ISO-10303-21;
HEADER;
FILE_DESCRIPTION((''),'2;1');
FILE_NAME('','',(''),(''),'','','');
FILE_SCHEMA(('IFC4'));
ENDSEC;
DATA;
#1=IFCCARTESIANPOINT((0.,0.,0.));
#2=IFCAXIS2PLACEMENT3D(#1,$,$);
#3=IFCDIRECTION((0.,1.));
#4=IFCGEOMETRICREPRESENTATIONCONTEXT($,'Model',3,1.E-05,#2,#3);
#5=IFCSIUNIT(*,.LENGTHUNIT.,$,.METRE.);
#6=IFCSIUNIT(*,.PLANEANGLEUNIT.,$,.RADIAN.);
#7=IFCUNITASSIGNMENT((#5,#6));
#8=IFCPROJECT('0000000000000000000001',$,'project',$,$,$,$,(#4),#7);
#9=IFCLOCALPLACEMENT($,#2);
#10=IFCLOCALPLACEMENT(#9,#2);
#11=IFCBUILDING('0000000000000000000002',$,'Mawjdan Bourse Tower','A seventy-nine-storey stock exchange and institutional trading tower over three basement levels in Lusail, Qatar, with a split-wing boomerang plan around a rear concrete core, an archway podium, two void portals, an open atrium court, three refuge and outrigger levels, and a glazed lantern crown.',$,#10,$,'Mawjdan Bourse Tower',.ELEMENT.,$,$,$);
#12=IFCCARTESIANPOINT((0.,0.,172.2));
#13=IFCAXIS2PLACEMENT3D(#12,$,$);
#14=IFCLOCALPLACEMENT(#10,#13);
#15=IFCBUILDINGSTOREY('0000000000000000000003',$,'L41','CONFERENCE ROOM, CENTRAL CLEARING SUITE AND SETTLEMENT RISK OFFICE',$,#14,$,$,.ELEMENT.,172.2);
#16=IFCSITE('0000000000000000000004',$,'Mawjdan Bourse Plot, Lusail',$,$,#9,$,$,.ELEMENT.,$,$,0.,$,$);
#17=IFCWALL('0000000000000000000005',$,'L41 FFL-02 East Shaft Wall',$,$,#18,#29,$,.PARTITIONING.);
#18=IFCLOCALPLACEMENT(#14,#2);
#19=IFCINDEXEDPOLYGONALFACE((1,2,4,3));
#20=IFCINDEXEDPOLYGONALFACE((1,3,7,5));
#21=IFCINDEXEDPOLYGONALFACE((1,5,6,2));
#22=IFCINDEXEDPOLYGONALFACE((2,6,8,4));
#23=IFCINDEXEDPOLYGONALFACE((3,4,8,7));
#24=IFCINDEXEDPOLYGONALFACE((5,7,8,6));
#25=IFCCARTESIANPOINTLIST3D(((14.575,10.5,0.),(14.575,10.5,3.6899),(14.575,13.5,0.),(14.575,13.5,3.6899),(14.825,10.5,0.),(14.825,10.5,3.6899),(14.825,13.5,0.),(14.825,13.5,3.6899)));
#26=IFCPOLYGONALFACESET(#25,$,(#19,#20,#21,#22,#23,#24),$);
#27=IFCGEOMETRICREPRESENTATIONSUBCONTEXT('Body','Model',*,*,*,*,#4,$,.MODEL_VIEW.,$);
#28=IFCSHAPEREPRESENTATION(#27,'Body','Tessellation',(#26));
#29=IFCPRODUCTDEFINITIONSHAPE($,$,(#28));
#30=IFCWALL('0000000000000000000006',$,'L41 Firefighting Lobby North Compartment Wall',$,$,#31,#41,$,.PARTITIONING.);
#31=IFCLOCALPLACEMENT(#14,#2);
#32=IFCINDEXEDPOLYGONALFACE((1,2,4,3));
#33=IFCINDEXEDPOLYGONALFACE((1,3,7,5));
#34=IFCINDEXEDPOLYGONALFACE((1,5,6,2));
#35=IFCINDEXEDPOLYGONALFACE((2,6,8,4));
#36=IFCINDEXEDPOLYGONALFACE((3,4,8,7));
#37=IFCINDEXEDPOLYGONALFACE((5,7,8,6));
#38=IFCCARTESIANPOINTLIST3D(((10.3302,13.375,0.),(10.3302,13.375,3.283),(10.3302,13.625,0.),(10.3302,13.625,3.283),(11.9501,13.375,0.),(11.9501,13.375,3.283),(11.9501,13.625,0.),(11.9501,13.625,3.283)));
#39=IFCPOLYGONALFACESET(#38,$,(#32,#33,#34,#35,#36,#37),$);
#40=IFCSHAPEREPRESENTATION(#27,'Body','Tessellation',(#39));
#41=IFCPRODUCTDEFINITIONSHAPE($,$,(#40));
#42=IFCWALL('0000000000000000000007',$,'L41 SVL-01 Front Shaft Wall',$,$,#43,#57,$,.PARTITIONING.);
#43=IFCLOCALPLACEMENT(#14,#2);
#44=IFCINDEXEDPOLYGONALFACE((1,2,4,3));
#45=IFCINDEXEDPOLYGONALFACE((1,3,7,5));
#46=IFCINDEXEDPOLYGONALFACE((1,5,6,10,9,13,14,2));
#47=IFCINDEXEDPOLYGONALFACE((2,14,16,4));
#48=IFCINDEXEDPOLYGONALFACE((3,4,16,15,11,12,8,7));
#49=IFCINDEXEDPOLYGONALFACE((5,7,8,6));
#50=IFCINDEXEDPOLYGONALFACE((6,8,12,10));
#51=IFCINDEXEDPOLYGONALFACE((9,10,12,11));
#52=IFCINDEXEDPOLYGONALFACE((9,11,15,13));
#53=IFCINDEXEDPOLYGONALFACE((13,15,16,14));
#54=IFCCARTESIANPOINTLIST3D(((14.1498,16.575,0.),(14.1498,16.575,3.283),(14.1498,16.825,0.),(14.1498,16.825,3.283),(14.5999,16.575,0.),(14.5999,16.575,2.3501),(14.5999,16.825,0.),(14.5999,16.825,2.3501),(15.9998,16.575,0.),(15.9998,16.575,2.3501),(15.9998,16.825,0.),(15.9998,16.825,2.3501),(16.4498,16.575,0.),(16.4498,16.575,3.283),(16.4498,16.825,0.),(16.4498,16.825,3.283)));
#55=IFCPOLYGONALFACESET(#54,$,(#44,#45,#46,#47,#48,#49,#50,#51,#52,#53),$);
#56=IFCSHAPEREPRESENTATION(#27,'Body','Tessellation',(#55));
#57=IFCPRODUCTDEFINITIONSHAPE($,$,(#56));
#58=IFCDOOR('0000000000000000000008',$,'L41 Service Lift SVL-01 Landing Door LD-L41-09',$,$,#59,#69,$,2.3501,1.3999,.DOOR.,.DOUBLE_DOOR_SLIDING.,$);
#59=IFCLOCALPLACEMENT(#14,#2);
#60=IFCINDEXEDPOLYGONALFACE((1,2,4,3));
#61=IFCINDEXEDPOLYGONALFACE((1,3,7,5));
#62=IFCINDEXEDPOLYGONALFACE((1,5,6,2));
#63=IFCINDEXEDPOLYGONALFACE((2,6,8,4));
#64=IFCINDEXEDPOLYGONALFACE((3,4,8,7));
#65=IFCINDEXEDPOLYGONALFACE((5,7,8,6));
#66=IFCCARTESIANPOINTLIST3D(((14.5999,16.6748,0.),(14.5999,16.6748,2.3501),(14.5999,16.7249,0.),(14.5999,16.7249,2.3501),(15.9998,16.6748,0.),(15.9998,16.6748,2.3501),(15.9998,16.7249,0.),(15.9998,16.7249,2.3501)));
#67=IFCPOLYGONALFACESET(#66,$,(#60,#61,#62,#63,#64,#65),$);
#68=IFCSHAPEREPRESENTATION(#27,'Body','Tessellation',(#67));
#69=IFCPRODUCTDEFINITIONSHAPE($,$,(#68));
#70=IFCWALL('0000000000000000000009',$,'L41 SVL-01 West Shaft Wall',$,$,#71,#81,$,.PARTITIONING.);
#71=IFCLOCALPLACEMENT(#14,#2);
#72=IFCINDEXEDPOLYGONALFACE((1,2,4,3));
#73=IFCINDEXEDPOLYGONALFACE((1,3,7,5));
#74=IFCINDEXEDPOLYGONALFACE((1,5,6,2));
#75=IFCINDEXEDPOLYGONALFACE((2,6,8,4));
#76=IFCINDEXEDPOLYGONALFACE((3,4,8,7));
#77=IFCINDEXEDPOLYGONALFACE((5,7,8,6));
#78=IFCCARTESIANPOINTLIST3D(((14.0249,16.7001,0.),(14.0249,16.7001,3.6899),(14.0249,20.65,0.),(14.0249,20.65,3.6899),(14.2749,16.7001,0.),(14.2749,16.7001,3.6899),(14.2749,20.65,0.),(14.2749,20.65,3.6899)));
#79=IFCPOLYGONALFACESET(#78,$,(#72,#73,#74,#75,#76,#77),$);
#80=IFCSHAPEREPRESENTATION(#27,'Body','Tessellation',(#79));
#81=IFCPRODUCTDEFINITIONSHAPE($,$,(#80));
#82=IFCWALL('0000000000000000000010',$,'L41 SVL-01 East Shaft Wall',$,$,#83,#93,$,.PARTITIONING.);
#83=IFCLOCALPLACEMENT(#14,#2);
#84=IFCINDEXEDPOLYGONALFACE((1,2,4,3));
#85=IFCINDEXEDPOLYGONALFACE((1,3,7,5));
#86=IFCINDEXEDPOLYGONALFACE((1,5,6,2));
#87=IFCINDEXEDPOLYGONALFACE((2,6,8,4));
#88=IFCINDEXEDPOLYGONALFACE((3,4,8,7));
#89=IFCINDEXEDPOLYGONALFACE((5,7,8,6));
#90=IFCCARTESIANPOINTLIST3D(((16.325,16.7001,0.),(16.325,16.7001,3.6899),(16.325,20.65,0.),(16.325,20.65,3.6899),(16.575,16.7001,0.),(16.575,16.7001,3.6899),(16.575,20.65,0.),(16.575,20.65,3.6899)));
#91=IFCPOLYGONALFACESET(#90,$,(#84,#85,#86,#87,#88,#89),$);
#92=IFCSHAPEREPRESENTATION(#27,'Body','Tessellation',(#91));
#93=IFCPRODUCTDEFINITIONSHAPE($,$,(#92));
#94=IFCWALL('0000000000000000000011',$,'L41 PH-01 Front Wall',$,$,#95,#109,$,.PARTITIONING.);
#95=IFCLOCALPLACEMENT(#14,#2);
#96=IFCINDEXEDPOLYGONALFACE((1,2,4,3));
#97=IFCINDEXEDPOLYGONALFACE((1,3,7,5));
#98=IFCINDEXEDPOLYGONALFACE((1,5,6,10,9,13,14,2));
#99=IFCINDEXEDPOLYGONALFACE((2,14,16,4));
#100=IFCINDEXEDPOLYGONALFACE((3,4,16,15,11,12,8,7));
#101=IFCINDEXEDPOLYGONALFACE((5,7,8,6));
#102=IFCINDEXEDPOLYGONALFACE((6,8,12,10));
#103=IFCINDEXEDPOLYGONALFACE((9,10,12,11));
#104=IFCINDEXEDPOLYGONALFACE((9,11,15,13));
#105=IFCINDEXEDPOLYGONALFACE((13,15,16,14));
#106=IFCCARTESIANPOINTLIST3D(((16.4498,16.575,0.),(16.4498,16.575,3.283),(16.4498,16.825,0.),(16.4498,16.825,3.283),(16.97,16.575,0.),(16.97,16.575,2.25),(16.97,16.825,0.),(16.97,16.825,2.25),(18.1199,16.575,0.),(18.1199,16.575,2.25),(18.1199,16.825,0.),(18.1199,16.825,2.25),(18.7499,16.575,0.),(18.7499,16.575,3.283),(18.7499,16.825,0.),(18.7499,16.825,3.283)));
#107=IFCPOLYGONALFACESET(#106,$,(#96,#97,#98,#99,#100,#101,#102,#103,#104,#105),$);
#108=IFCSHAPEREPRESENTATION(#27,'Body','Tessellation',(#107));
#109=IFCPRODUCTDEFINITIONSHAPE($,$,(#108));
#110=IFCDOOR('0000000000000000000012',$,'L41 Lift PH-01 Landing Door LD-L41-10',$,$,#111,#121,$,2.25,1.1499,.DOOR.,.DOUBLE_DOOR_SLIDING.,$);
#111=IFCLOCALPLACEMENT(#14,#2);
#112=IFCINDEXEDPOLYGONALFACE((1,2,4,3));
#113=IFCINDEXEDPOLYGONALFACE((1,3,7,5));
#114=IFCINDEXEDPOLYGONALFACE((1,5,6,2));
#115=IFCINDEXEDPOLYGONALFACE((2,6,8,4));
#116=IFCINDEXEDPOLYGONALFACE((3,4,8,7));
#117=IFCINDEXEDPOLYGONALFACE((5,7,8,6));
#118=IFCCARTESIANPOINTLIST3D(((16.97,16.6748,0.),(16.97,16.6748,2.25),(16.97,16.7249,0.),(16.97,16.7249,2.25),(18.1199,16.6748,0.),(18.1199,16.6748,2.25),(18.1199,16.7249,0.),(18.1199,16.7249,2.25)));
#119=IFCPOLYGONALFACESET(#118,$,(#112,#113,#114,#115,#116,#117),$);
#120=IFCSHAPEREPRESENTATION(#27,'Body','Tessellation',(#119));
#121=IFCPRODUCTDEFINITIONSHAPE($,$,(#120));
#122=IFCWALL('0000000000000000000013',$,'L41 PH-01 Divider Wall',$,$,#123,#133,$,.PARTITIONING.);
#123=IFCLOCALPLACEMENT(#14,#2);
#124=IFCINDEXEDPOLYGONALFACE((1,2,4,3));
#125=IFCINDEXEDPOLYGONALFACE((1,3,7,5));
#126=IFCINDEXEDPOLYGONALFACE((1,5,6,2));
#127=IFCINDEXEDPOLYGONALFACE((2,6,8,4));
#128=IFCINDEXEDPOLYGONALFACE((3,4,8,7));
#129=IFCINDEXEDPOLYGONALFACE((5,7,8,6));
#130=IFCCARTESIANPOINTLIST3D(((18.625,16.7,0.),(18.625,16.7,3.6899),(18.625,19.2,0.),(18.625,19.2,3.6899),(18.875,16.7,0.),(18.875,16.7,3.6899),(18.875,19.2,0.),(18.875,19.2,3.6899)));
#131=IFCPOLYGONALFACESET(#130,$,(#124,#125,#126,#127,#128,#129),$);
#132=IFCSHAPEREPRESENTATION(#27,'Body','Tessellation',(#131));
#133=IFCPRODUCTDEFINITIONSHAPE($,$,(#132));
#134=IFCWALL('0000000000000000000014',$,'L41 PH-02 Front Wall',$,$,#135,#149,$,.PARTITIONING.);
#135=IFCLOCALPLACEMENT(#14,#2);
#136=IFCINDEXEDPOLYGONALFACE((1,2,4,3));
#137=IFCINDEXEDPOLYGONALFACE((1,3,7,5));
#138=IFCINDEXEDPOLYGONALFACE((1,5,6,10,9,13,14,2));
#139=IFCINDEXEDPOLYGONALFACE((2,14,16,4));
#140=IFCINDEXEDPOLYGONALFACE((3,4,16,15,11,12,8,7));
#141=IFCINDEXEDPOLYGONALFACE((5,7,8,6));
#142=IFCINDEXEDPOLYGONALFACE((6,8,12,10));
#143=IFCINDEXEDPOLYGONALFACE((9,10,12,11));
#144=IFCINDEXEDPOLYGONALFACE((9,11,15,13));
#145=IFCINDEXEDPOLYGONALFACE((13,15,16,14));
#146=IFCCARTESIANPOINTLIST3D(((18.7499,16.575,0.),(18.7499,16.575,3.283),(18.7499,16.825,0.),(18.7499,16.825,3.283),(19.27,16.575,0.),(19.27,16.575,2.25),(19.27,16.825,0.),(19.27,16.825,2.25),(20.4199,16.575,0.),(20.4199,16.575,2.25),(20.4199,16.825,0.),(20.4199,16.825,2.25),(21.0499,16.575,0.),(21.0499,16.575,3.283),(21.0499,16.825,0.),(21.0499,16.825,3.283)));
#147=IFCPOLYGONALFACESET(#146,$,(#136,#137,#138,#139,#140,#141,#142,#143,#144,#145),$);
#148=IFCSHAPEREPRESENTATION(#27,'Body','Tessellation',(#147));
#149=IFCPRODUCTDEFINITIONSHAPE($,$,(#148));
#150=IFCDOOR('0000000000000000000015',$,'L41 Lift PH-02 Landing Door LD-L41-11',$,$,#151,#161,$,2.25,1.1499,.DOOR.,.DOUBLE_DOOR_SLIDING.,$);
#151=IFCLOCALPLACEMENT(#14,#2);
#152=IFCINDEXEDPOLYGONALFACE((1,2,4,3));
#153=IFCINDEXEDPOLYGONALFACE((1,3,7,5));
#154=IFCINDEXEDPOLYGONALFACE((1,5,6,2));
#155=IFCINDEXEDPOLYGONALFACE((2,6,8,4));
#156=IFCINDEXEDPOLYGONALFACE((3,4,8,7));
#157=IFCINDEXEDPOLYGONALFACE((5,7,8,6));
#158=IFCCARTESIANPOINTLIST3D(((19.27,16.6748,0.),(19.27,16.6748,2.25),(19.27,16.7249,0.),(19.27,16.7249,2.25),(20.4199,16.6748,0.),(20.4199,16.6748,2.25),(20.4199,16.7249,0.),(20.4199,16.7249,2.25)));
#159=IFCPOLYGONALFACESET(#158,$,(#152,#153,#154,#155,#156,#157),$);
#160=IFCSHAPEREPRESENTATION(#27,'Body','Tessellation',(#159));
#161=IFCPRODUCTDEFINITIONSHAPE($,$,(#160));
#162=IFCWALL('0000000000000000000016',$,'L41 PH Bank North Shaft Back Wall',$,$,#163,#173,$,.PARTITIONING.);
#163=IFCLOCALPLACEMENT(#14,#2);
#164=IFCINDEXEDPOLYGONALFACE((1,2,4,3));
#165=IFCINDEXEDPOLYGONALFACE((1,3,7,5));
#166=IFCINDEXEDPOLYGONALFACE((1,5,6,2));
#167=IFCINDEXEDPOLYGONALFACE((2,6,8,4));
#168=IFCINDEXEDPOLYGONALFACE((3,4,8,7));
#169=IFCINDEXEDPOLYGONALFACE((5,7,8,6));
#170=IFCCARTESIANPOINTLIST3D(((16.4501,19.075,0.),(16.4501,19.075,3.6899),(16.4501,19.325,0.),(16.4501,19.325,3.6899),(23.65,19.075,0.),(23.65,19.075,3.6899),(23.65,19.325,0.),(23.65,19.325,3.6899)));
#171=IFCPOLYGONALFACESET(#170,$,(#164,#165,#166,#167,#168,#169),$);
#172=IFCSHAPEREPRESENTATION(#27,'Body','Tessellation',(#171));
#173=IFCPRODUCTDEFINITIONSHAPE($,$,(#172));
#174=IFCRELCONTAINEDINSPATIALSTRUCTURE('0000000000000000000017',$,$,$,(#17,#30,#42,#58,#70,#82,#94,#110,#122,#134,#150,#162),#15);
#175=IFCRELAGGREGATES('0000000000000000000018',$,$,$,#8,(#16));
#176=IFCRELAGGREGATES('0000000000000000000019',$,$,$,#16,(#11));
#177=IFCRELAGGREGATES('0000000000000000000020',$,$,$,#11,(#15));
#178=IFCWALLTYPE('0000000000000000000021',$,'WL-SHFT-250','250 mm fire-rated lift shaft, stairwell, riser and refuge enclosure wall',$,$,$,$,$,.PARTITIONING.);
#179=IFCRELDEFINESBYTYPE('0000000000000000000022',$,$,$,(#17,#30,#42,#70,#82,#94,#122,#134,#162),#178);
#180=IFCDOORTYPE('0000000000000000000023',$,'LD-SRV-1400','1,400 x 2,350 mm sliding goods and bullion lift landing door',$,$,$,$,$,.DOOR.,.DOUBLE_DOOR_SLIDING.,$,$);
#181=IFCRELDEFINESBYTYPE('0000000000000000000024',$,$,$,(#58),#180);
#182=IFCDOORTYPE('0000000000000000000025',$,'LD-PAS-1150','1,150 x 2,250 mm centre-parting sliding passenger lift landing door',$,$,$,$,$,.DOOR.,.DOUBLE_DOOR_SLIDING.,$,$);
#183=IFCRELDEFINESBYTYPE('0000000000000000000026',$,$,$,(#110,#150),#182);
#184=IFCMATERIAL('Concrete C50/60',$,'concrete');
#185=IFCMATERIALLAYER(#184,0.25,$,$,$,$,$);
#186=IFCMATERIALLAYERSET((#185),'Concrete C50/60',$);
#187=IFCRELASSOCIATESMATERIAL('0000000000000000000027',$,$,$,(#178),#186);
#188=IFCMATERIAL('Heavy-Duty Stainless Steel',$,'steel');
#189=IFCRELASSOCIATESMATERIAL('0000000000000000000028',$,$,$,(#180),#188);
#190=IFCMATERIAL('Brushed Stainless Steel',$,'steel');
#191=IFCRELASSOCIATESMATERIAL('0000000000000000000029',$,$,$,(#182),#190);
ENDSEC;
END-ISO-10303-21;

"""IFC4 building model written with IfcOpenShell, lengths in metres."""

from ifc_helpers import new_model, si_unit, direction, frame, frame_2d, origin, place, context, subcontext, project, spatial, rectangle, extrude, material, layer, layer_set, type_object, element, fill, save


model = new_model("IFC4")

# Units and contexts
model_context = context("Model", 3, precision=1e-05, world=origin(), true_north=direction((0.0, 1.0)))
body_context = subcontext(model_context, "Body", "Model", "MODEL_VIEW")
ifc_project = project(units=[si_unit("LENGTHUNIT", "METRE"), si_unit("PLANEANGLEUNIT", "RADIAN")], contexts=[model_context])

# Site, building, storey
site_placement = place(None, origin())
site = spatial("IfcSite", under=ifc_project, at=site_placement, Name="Mawjdan Bourse Plot, Lusail", CompositionType="ELEMENT", RefElevation=0.0)
building_placement = place(site_placement, origin())
building = spatial("IfcBuilding", under=site, at=building_placement, Name="Mawjdan Bourse Tower", Description="A seventy-nine-storey stock exchange and institutional trading tower over three basement levels in Lusail, Qatar, with a split-wing boomerang plan around a rear concrete core, an archway podium, two void portals, an open atrium court, three refuge and outrigger levels, and a glazed lantern crown.", LongName="Mawjdan Bourse Tower", CompositionType="ELEMENT")
storey_placement = place(building_placement, frame((0.0, 0.0, 172.2)))
storey = spatial("IfcBuildingStorey", under=building, at=storey_placement, Name="L41", Description="CONFERENCE ROOM, CENTRAL CLEARING SUITE AND SETTLEMENT RISK OFFICE", CompositionType="ELEMENT", Elevation=172.2)

# Walls
ifc_material_1 = material(Name="Concrete C50/60", Category="concrete")
ifc_layer_1 = layer(ifc_material_1, 0.25)
ifc_layer_set_1 = layer_set([ifc_layer_1], Name="Concrete C50/60")
wall_type_1 = type_object("IfcWallType", Name="WL-SHFT-250", Description="250 mm fire-rated lift shaft, stairwell, riser and refuge enclosure wall", PredefinedType="PARTITIONING", material=ifc_layer_set_1)
wall_1_placement = place(storey_placement, frame((14.7, 10.5, 0.0), z_axis=(0.0, 0.0, 1.0), x_axis=(0.0, 1.0, 0.0)))
element("IfcWall", 1, at=wall_1_placement, inside=storey, type_object=wall_type_1, Name="L41 FFL-02 East Shaft Wall", PredefinedType="PARTITIONING", context=body_context, shape_type="SweptSolid", body=[
    extrude(rectangle(XDim=3.0, YDim=0.25, at=frame_2d((1.5, 0.0))), origin(), (0.0, 0.0, 1.0), 3.6899),
])
wall_2_placement = place(storey_placement, frame((10.3301, 13.5, 0.0), z_axis=(0.0, 0.0, 1.0), x_axis=(1.0, 0.0, 0.0)))
element("IfcWall", 2, at=wall_2_placement, inside=storey, type_object=wall_type_1, Name="L41 Firefighting Lobby North Compartment Wall", PredefinedType="PARTITIONING", context=body_context, shape_type="SweptSolid", body=[
    extrude(rectangle(XDim=1.6199, YDim=0.25, at=frame_2d((0.8101, 0.0))), origin(), (0.0, 0.0, 1.0), 3.283),
])

# Wall, opening, door
wall_3_placement = place(storey_placement, frame((14.1499, 16.7, 0.0), z_axis=(0.0, 0.0, 1.0), x_axis=(1.0, 0.0, 0.0)))
wall_3 = element("IfcWall", 3, at=wall_3_placement, inside=storey, type_object=wall_type_1, Name="L41 SVL-01 Front Shaft Wall", PredefinedType="PARTITIONING", context=body_context, shape_type="SweptSolid", body=[
    extrude(rectangle(XDim=2.3, YDim=0.25, at=frame_2d((1.1499, 0.0))), origin(), (0.0, 0.0, 1.0), 3.283),
])
opening_1_placement = place(wall_3_placement, frame((0.45, 0.0, 0.0)))
opening_1 = element("IfcOpeningElement", 4, at=opening_1_placement, cuts=wall_3, PredefinedType="OPENING", context=body_context, shape_type="SweptSolid", body=[
    extrude(rectangle(XDim=1.3999, YDim=2.3501, at=frame_2d((0.7, 1.175))), frame((0.0, 0.135, 0.0), z_axis=(0.0, -1.0, 0.0), x_axis=(1.0, 0.0, 0.0)), (0.0, 0.0, 1.0), 0.27),
])
ifc_material_2 = material(Name="Heavy-Duty Stainless Steel", Category="steel")
door_type_1 = type_object("IfcDoorType", Name="LD-SRV-1400", Description="1,400 x 2,350 mm sliding goods and bullion lift landing door", OperationType="DOUBLE_DOOR_SLIDING", PredefinedType="DOOR", material=ifc_material_2)
door_1_placement = place(opening_1_placement, origin())
door_1 = element("IfcDoor", 5, at=door_1_placement, inside=storey, type_object=door_type_1, Name="L41 Service Lift SVL-01 Landing Door LD-L41-09", OperationType="DOUBLE_DOOR_SLIDING", OverallHeight=2.3501, OverallWidth=1.3999, PredefinedType="DOOR", context=body_context, shape_type="SweptSolid", body=[
    extrude(rectangle(XDim=1.3999, YDim=2.3501, at=frame_2d((0.7, 1.175))), frame((0.0, 0.0249, 0.0), z_axis=(0.0, -1.0, 0.0), x_axis=(1.0, 0.0, 0.0)), (0.0, 0.0, 1.0), 0.05),
])
fill(opening_1, door_1)

# Walls
for number, where, z_axis, x_axis, name in (
    (6, (14.1499, 16.7, 0.0), (0.0, 0.0, 1.0), (0.0, 1.0, 0.0), "L41 SVL-01 West Shaft Wall"),
    (7, (16.45, 16.7, 0.0), (0.0, 0.0, 1.0), (0.0, 1.0, 0.0), "L41 SVL-01 East Shaft Wall"),
):
    element("IfcWall", number, at=place(storey_placement, frame(where, z_axis=z_axis, x_axis=x_axis)), inside=storey, type_object=wall_type_1, Name=name, PredefinedType="PARTITIONING", context=body_context, shape_type="SweptSolid", body=[
        extrude(rectangle(XDim=3.95, YDim=0.25, at=frame_2d((1.9751, 0.0))), origin(), (0.0, 0.0, 1.0), 3.6899),
    ])

# Wall, opening, door
wall_4_placement = place(storey_placement, frame((16.45, 16.7, 0.0), z_axis=(0.0, 0.0, 1.0), x_axis=(1.0, 0.0, 0.0)))
wall_4 = element("IfcWall", 8, at=wall_4_placement, inside=storey, type_object=wall_type_1, Name="L41 PH-01 Front Wall", PredefinedType="PARTITIONING", context=body_context, shape_type="SweptSolid", body=[
    extrude(rectangle(XDim=2.3, YDim=0.25, at=frame_2d((1.1499, 0.0))), origin(), (0.0, 0.0, 1.0), 3.283),
])
opening_2_placement = place(wall_4_placement, frame((0.52, 0.0, 0.0)))
opening_2 = element("IfcOpeningElement", 9, at=opening_2_placement, cuts=wall_4, PredefinedType="OPENING", context=body_context, shape_type="SweptSolid", body=[
    extrude(rectangle(XDim=1.1499, YDim=2.25, at=frame_2d((0.575, 1.125))), frame((0.0, 0.135, 0.0), z_axis=(0.0, -1.0, 0.0), x_axis=(1.0, 0.0, 0.0)), (0.0, 0.0, 1.0), 0.27),
])
ifc_material_3 = material(Name="Brushed Stainless Steel", Category="steel")
door_type_2 = type_object("IfcDoorType", Name="LD-PAS-1150", Description="1,150 x 2,250 mm centre-parting sliding passenger lift landing door", OperationType="DOUBLE_DOOR_SLIDING", PredefinedType="DOOR", material=ifc_material_3)
door_2_placement = place(opening_2_placement, origin())
door_2 = element("IfcDoor", 10, at=door_2_placement, inside=storey, type_object=door_type_2, Name="L41 Lift PH-01 Landing Door LD-L41-10", OperationType="DOUBLE_DOOR_SLIDING", OverallHeight=2.25, OverallWidth=1.1499, PredefinedType="DOOR", context=body_context, shape_type="SweptSolid", body=[
    extrude(rectangle(XDim=1.1499, YDim=2.25, at=frame_2d((0.575, 1.125))), frame((0.0, 0.0249, 0.0), z_axis=(0.0, -1.0, 0.0), x_axis=(1.0, 0.0, 0.0)), (0.0, 0.0, 1.0), 0.05),
])
fill(opening_2, door_2)

# Wall
wall_5_placement = place(storey_placement, frame((18.75, 16.7, 0.0), z_axis=(0.0, 0.0, 1.0), x_axis=(0.0, 1.0, 0.0)))
element("IfcWall", 11, at=wall_5_placement, inside=storey, type_object=wall_type_1, Name="L41 PH-01 Divider Wall", PredefinedType="PARTITIONING", context=body_context, shape_type="SweptSolid", body=[
    extrude(rectangle(XDim=2.5, YDim=0.25, at=frame_2d((1.25, 0.0))), origin(), (0.0, 0.0, 1.0), 3.6899),
])

# Wall, opening, door
wall_6_placement = place(storey_placement, frame((18.75, 16.7, 0.0), z_axis=(0.0, 0.0, 1.0), x_axis=(1.0, 0.0, 0.0)))
wall_6 = element("IfcWall", 12, at=wall_6_placement, inside=storey, type_object=wall_type_1, Name="L41 PH-02 Front Wall", PredefinedType="PARTITIONING", context=body_context, shape_type="SweptSolid", body=[
    extrude(rectangle(XDim=2.3, YDim=0.25, at=frame_2d((1.1499, 0.0))), origin(), (0.0, 0.0, 1.0), 3.283),
])
opening_3_placement = place(wall_6_placement, frame((0.52, 0.0, 0.0)))
opening_3 = element("IfcOpeningElement", 13, at=opening_3_placement, cuts=wall_6, PredefinedType="OPENING", context=body_context, shape_type="SweptSolid", body=[
    extrude(rectangle(XDim=1.1499, YDim=2.25, at=frame_2d((0.575, 1.125))), frame((0.0, 0.135, 0.0), z_axis=(0.0, -1.0, 0.0), x_axis=(1.0, 0.0, 0.0)), (0.0, 0.0, 1.0), 0.27),
])
door_3_placement = place(opening_3_placement, origin())
door_3 = element("IfcDoor", 14, at=door_3_placement, inside=storey, type_object=door_type_2, Name="L41 Lift PH-02 Landing Door LD-L41-11", OperationType="DOUBLE_DOOR_SLIDING", OverallHeight=2.25, OverallWidth=1.1499, PredefinedType="DOOR", context=body_context, shape_type="SweptSolid", body=[
    extrude(rectangle(XDim=1.1499, YDim=2.25, at=frame_2d((0.575, 1.125))), frame((0.0, 0.0249, 0.0), z_axis=(0.0, -1.0, 0.0), x_axis=(1.0, 0.0, 0.0)), (0.0, 0.0, 1.0), 0.05),
])
fill(opening_3, door_3)

# Wall
wall_7_placement = place(storey_placement, frame((16.45, 19.2, 0.0), z_axis=(0.0, 0.0, 1.0), x_axis=(1.0, 0.0, 0.0)))
element("IfcWall", 15, at=wall_7_placement, inside=storey, type_object=wall_type_1, Name="L41 PH Bank North Shaft Back Wall", PredefinedType="PARTITIONING", context=body_context, shape_type="SweptSolid", body=[
    extrude(rectangle(XDim=7.2, YDim=0.25, at=frame_2d((3.6001, 0.0))), origin(), (0.0, 0.0, 1.0), 3.6899),
])

save(model, "model.ifc")
